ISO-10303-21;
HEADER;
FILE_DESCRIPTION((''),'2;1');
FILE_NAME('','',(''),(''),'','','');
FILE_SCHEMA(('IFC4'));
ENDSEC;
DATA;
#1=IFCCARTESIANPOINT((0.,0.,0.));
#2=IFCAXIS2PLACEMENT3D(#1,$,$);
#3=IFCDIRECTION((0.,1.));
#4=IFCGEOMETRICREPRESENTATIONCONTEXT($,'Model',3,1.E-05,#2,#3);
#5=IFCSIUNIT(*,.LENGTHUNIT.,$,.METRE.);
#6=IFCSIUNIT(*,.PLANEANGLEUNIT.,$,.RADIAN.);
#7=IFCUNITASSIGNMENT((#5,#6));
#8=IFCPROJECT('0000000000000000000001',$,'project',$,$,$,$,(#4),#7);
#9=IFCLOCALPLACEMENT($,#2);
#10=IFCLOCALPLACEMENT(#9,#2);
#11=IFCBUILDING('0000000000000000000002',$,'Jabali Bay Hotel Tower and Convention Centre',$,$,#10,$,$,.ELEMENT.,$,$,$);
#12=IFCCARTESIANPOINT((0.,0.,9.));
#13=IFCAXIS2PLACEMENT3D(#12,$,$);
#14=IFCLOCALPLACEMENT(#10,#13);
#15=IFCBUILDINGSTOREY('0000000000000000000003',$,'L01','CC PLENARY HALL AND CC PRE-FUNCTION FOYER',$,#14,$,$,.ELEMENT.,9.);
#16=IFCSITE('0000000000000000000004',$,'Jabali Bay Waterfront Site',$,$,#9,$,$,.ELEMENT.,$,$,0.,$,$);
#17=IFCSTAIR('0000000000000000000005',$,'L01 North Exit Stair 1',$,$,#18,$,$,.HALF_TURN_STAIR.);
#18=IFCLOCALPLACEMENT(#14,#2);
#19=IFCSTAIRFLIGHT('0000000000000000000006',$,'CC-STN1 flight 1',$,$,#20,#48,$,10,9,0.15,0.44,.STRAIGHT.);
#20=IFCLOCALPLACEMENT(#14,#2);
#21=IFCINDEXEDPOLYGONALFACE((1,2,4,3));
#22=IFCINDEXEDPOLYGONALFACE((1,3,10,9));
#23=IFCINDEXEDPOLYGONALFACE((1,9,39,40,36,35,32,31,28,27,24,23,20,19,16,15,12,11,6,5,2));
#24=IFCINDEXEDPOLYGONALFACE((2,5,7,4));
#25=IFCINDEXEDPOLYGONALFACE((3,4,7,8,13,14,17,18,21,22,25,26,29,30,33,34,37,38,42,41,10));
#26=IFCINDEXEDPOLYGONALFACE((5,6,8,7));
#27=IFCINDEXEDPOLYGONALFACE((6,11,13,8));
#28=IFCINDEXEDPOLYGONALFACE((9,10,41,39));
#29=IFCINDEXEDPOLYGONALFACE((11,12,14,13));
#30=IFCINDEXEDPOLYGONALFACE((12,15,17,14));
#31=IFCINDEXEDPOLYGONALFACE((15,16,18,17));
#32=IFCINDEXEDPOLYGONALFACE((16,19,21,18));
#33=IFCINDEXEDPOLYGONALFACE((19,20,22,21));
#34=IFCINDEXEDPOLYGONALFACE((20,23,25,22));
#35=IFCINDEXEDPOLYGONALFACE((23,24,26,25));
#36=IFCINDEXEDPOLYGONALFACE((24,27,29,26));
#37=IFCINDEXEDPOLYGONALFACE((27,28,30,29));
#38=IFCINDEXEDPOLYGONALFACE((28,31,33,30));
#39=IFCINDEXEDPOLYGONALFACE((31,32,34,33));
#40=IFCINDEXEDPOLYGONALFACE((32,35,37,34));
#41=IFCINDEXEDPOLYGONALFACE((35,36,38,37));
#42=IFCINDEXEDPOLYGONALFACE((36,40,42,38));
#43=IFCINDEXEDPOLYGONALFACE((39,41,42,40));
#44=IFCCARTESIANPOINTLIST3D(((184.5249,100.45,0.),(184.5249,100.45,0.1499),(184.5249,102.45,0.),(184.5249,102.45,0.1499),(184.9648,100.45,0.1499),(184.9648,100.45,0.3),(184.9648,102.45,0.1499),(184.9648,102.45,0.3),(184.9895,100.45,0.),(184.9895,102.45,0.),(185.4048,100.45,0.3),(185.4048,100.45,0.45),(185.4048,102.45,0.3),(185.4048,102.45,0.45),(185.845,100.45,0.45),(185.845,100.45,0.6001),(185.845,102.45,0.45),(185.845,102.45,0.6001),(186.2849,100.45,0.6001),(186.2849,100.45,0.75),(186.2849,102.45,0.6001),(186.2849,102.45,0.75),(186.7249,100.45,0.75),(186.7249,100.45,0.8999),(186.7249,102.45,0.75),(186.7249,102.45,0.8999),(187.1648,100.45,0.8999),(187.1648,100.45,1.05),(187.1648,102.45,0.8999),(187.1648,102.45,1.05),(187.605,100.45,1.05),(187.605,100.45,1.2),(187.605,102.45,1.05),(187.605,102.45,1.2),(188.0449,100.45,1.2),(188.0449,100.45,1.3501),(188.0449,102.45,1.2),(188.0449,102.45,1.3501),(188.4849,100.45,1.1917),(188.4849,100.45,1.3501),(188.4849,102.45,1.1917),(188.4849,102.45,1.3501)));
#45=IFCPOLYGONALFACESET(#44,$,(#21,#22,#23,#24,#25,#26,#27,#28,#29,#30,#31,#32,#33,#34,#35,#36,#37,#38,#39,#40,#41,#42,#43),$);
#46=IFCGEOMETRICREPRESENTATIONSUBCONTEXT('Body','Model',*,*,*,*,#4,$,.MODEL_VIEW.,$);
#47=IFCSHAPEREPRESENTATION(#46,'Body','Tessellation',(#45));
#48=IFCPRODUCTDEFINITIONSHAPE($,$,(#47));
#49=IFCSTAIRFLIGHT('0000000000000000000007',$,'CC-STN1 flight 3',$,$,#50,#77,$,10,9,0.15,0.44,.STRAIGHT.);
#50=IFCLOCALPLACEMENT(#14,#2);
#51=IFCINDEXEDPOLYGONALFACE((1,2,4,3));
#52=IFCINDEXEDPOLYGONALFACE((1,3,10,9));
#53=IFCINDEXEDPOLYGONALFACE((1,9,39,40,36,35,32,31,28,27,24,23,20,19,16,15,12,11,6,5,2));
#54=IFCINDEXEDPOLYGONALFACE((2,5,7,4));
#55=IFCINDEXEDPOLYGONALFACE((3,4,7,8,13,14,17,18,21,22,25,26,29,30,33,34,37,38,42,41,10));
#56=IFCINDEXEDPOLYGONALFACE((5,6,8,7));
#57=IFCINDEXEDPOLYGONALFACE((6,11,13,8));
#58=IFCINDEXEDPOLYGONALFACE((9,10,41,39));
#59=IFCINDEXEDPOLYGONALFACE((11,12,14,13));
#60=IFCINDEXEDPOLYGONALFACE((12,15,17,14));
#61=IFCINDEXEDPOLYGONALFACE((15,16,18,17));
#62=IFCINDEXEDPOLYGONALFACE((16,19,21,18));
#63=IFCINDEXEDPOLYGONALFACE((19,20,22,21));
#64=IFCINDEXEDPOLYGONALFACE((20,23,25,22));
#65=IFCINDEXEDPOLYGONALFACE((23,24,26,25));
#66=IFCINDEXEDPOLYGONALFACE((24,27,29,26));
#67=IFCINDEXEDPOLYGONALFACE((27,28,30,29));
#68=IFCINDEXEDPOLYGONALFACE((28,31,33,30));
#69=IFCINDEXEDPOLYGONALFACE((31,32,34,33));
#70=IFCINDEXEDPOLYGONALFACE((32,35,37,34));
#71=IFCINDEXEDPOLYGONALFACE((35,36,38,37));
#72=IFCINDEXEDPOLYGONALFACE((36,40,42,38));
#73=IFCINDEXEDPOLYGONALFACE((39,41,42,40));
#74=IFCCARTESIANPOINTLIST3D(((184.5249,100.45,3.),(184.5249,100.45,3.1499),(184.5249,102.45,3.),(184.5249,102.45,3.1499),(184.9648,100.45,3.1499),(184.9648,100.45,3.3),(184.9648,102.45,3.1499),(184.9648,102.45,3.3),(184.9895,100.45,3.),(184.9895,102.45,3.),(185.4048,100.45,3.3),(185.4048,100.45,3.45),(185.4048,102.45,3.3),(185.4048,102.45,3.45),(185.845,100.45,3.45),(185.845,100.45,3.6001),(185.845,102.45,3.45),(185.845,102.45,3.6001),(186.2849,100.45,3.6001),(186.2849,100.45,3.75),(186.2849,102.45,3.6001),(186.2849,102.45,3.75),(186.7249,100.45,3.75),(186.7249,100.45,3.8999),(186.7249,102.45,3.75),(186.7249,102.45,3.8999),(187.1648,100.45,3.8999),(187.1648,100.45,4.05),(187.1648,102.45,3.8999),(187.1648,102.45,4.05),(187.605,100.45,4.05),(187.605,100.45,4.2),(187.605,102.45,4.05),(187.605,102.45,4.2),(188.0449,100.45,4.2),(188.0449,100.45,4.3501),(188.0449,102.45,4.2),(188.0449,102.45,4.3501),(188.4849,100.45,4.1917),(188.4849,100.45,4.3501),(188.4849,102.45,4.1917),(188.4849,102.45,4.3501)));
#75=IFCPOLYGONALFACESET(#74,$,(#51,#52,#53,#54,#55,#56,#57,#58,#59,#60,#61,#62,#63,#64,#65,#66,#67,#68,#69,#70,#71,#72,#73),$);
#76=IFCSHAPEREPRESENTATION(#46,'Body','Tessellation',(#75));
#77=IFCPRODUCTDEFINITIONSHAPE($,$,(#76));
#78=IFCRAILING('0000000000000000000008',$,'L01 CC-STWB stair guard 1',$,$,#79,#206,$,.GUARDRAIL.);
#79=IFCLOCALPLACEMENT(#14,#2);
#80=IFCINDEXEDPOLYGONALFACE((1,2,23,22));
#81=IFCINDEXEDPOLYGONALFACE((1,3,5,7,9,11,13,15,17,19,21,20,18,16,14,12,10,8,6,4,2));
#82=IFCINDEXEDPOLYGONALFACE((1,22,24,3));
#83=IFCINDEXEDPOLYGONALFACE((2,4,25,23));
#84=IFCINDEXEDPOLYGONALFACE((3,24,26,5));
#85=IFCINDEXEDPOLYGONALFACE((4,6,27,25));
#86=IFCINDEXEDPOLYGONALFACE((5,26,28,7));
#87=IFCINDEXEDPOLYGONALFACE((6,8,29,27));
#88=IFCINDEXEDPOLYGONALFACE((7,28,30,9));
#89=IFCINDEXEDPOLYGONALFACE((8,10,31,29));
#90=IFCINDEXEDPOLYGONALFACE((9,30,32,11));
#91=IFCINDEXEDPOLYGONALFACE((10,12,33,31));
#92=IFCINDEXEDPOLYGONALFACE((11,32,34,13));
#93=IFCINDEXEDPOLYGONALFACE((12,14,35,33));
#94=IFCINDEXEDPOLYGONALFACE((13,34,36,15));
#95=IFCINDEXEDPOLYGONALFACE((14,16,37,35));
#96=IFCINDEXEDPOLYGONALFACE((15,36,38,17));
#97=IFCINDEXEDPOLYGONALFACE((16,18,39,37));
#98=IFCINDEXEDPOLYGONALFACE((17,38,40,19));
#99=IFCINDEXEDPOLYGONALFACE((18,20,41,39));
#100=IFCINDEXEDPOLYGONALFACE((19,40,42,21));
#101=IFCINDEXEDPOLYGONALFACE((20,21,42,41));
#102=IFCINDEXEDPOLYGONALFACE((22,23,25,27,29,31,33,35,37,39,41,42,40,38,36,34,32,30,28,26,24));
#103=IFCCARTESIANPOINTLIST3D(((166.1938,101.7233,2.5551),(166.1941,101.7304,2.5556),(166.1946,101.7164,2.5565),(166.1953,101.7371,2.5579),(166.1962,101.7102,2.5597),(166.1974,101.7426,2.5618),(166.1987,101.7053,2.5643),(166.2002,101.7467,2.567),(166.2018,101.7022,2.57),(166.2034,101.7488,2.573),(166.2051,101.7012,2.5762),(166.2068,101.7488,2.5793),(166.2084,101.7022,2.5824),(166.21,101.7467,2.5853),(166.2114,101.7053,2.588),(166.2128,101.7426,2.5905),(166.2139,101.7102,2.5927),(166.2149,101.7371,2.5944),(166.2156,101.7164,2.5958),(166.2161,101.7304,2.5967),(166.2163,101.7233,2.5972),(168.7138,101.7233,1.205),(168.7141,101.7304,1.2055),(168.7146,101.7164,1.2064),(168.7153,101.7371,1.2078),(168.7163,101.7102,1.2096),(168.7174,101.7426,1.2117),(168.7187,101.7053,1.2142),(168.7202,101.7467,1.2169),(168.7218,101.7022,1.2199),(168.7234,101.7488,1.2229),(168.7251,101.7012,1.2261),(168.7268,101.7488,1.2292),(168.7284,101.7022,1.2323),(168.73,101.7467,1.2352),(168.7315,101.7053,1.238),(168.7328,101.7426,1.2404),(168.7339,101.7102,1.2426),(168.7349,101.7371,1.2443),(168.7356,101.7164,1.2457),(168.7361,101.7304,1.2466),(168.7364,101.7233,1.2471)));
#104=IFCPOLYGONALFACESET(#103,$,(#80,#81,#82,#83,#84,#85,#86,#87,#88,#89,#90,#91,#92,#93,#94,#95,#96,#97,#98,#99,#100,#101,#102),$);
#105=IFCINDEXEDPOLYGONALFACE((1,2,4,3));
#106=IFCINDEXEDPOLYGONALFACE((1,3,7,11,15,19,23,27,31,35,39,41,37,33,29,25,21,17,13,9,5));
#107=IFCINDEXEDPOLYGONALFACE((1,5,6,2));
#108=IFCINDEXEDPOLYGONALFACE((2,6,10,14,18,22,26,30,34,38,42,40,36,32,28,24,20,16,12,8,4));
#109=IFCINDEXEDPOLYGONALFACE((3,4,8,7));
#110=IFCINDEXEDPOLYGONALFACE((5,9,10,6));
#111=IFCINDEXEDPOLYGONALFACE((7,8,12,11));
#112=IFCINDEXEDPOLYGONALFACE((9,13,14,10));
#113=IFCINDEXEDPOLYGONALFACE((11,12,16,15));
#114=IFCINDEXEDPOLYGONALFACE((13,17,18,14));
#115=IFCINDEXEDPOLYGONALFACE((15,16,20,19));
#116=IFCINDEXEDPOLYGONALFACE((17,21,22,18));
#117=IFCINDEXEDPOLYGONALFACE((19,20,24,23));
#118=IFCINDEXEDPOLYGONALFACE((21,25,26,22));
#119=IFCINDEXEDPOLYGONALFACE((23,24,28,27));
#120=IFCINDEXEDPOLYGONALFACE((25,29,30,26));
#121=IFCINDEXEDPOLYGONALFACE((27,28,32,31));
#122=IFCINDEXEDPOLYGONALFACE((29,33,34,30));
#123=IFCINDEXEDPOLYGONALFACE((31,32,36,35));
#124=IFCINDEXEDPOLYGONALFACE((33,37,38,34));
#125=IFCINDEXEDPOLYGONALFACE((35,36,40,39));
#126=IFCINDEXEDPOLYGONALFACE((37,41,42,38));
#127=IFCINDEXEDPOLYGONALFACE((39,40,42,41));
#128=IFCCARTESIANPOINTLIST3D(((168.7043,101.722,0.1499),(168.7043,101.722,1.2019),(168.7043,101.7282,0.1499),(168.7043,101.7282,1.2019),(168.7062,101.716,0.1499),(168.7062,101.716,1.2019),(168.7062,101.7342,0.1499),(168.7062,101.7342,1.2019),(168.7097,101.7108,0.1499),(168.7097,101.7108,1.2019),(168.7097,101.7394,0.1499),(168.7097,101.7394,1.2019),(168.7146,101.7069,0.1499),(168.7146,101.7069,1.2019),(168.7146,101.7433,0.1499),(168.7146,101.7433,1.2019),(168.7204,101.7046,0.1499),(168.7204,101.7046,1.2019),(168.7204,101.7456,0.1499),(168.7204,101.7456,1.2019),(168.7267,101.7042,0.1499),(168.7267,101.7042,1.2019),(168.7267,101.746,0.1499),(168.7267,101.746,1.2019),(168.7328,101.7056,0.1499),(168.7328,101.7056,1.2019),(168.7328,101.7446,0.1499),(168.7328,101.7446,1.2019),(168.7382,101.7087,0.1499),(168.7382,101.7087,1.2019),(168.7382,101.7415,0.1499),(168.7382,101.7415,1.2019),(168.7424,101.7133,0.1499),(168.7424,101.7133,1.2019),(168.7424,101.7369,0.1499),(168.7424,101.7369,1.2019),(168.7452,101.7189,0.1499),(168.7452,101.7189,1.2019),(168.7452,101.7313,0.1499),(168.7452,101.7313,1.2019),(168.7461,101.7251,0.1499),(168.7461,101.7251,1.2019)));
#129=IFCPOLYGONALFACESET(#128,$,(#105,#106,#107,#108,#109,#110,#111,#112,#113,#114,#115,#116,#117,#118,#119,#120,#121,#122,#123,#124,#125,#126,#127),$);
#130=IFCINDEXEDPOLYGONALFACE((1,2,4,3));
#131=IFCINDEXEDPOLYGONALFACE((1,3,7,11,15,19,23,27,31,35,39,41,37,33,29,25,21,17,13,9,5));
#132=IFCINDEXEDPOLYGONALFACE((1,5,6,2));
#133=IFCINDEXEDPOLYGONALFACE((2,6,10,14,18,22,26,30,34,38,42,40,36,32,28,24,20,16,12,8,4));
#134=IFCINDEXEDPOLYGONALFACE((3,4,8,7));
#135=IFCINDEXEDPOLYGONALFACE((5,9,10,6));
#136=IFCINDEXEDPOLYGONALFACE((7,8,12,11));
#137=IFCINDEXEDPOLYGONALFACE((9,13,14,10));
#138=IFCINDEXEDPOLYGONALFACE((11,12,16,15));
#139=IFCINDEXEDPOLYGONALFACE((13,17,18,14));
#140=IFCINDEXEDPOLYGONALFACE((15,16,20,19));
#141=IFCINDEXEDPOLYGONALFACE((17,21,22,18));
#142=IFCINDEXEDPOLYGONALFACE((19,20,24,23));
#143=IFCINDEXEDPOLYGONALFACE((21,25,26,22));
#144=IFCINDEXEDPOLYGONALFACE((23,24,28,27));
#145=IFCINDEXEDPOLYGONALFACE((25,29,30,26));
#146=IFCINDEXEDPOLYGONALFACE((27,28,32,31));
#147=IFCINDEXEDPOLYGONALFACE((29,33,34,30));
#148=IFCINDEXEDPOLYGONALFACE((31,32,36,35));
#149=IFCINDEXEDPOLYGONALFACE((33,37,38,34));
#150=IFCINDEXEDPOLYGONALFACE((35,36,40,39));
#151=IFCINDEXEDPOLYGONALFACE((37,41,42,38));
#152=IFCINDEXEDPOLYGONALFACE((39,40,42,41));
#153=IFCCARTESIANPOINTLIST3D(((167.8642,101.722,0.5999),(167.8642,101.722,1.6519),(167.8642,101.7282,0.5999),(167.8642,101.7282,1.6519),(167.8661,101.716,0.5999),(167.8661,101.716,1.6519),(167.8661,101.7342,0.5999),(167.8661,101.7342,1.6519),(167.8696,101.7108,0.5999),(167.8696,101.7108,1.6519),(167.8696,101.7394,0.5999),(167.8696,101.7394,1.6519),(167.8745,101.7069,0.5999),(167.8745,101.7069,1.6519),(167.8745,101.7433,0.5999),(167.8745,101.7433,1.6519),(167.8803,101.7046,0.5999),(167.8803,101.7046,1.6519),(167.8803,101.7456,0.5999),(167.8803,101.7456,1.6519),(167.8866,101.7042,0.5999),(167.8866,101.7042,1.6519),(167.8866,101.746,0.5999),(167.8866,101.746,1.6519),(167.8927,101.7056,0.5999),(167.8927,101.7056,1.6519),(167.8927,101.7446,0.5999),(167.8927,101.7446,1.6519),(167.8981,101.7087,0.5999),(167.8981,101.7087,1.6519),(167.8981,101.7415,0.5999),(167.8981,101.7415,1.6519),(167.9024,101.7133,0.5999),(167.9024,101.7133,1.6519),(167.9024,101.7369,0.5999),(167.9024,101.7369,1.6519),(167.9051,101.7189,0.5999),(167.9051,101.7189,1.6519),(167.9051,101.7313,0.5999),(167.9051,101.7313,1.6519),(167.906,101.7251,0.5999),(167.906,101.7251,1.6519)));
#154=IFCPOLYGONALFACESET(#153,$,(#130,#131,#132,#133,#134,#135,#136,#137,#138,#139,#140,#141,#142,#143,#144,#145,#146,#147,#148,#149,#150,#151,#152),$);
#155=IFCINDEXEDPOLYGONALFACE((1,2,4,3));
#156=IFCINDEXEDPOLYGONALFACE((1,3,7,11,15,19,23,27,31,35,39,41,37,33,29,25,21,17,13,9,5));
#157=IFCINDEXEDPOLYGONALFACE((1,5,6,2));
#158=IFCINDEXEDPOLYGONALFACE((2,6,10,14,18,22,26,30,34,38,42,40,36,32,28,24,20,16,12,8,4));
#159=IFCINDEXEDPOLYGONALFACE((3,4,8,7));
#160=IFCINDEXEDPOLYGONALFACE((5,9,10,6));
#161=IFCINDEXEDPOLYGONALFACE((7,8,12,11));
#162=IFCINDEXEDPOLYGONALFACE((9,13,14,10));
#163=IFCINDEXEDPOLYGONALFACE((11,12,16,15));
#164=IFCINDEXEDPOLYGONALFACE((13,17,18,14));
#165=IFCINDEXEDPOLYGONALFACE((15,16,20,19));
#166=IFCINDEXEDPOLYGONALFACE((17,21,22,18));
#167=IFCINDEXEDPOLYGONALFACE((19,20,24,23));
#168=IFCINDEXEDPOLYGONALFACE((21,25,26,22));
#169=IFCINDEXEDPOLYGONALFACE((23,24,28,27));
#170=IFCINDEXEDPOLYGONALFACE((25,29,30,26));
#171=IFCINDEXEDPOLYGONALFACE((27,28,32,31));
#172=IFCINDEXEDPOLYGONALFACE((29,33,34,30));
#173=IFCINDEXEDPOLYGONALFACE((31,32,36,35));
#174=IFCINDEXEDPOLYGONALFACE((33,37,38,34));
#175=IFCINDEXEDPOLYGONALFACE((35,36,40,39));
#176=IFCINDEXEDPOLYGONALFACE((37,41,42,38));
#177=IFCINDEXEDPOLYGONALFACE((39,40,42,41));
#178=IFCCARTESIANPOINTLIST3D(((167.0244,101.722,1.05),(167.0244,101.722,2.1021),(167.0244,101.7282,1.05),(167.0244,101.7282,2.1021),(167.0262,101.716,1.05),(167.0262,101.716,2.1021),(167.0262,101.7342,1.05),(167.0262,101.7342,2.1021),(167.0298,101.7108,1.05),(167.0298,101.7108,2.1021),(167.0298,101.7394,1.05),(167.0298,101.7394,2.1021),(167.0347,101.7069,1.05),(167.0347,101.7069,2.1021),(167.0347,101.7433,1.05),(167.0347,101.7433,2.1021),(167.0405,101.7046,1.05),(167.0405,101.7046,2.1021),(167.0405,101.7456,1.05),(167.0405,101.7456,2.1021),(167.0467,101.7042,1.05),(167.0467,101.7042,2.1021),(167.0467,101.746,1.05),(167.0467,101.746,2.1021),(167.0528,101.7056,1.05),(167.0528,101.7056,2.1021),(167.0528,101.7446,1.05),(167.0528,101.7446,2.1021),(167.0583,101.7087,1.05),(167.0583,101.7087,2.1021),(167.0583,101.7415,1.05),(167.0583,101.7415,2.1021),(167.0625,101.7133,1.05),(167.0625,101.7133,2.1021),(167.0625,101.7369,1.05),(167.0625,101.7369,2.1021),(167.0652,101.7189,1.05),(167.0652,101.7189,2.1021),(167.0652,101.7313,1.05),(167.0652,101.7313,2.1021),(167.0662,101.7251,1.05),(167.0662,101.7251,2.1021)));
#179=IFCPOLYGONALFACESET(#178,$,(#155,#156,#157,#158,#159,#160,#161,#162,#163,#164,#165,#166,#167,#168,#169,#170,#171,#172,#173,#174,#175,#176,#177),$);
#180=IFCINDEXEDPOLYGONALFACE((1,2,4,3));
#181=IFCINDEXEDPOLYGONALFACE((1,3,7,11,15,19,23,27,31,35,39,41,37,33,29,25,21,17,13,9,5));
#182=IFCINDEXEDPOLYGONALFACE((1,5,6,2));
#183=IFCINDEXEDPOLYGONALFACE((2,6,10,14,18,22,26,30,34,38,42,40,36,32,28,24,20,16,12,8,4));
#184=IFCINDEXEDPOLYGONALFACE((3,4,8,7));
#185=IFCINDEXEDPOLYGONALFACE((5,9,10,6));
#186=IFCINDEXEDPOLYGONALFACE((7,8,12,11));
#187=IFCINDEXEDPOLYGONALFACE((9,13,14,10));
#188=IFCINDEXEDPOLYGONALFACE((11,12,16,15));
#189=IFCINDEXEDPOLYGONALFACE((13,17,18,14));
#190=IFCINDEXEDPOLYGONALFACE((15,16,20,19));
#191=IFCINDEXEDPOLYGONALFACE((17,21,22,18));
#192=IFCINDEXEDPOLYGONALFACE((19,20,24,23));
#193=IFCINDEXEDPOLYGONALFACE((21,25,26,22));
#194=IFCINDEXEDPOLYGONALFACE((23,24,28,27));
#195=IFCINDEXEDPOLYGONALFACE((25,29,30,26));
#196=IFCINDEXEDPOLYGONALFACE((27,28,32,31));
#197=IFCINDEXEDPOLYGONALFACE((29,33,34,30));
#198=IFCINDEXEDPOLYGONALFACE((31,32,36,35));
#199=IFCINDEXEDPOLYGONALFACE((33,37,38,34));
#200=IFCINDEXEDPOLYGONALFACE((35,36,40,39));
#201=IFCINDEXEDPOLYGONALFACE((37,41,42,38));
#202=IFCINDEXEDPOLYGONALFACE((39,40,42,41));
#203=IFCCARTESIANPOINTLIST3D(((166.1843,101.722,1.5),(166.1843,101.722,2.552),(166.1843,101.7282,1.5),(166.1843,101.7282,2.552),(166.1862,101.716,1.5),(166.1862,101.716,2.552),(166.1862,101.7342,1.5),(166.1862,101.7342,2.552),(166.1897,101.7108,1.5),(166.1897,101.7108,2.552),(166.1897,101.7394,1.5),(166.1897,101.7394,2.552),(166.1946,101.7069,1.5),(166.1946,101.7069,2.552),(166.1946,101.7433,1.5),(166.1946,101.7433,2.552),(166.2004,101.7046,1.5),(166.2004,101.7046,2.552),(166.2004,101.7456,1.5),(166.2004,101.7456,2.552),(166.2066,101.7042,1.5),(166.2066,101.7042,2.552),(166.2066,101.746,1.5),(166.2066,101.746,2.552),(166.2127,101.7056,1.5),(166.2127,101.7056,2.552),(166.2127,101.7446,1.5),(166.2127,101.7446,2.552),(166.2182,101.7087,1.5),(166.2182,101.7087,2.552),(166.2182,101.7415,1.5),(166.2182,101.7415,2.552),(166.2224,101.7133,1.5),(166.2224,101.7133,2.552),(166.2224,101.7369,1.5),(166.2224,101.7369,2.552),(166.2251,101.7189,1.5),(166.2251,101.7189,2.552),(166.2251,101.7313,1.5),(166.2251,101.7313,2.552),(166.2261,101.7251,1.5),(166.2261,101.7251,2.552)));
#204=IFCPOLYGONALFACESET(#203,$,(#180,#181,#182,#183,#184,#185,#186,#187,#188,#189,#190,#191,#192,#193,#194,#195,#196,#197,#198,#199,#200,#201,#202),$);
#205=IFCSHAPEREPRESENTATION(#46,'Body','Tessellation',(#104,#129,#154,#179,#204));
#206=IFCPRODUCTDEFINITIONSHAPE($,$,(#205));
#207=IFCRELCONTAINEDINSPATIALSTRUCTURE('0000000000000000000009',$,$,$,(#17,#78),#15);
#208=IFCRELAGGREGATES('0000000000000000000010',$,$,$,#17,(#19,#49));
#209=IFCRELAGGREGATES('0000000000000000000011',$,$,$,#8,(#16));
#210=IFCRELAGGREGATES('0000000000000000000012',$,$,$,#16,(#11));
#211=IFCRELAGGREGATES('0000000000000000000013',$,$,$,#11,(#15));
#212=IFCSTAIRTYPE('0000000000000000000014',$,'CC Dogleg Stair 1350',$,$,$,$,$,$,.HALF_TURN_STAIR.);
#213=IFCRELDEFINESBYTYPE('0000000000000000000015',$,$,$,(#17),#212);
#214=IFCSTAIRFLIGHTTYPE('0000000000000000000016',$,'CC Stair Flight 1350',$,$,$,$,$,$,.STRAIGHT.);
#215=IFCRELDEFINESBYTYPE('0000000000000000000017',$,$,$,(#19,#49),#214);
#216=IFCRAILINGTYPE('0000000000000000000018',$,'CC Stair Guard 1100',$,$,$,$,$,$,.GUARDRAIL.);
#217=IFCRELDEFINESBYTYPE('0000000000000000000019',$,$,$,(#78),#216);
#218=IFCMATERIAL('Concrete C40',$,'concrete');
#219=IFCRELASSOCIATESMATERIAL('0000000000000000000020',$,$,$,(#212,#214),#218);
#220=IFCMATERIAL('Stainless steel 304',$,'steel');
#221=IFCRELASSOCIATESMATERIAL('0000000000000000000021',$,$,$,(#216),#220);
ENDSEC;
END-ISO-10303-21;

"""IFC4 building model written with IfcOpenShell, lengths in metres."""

from ifc_helpers import new_model, si_unit, direction, frame, origin, origin_2d, place, context, subcontext, project, spatial, polyline, circle, outline, extrude, material, type_object, element, aggregate, save


model = new_model("IFC4")

# Units and contexts
model_context = context("Model", 3, precision=1e-05, world=origin(), true_north=direction((0.0, 1.0)))
body_context = subcontext(model_context, "Body", "Model", "MODEL_VIEW")
ifc_project = project(units=[si_unit("LENGTHUNIT", "METRE"), si_unit("PLANEANGLEUNIT", "RADIAN")], contexts=[model_context])

# Site, building, storey
site_placement = place(None, origin())
site = spatial("IfcSite", under=ifc_project, at=site_placement, Name="Jabali Bay Waterfront Site", CompositionType="ELEMENT", RefElevation=0.0)
building_placement = place(site_placement, origin())
building = spatial("IfcBuilding", under=site, at=building_placement, Name="Jabali Bay Hotel Tower and Convention Centre", CompositionType="ELEMENT")
storey_placement = place(building_placement, frame((0.0, 0.0, 9.0)))
storey = spatial("IfcBuildingStorey", under=building, at=storey_placement, Name="L01", Description="CC PLENARY HALL AND CC PRE-FUNCTION FOYER", CompositionType="ELEMENT", Elevation=9.0)

# Shared definitions
ifc_material_1 = material(Name="Concrete C40", Category="concrete")

# Stair, stair flights
stair_type = type_object("IfcStairType", Name="CC Dogleg Stair 1350", PredefinedType="HALF_TURN_STAIR", material=ifc_material_1)
stair_flight_type = type_object("IfcStairFlightType", Name="CC Stair Flight 1350", PredefinedType="STRAIGHT", material=ifc_material_1)
stair_1_placement = place(storey_placement, origin())
stair_1 = element("IfcStair", 1, at=stair_1_placement, inside=storey, type_object=stair_type, Name="L01 North Exit Stair 1", PredefinedType="HALF_TURN_STAIR")
stair_flight_1_placement = place(storey_placement, frame((184.5249, 101.45, 0.0), z_axis=(0.0, 0.0, 1.0), x_axis=(1.0, 0.0, 0.0)))
stair_flight_1 = element("IfcStairFlight", 2, at=stair_flight_1_placement, type_object=stair_flight_type, Name="CC-STN1 flight 1", NumberOfRisers=10, NumberOfTreads=9, PredefinedType="STRAIGHT", RiserHeight=0.15, TreadLength=0.44, context=body_context, shape_type="SweptSolid", body=[
    extrude(outline(polyline([(0.0, 0.0), (0.0, 0.1499), (0.4399, 0.1499), (0.4399, 0.3), (0.8799, 0.3), (0.8799, 0.45), (1.3201, 0.45), (1.3201, 0.6001), (1.76, 0.6001), (1.76, 0.75), (2.2, 0.75), (2.2, 0.8999), (2.6399, 0.8999), (2.6399, 1.05), (3.0801, 1.05), (3.0801, 1.2), (3.52, 1.2), (3.52, 1.3501), (3.96, 1.3501), (3.96, 1.5), (3.96, 1.1917), (0.4646, 0.0), (0.0, 0.0)])), frame((0.0, 1.0, 0.0), z_axis=(0.0, -1.0, 0.0), x_axis=(1.0, 0.0, 0.0)), (0.0, 0.0, 1.0), 2.0),
])
stair_flight_2_placement = place(storey_placement, frame((184.5249, 101.45, 3.0), z_axis=(0.0, 0.0, 1.0), x_axis=(1.0, 0.0, 0.0)))
stair_flight_2 = element("IfcStairFlight", 3, at=stair_flight_2_placement, type_object=stair_flight_type, Name="CC-STN1 flight 3", NumberOfRisers=10, NumberOfTreads=9, PredefinedType="STRAIGHT", RiserHeight=0.15, TreadLength=0.44, context=body_context, shape_type="SweptSolid", body=[
    extrude(outline(polyline([(0.0, 0.0), (0.0, 0.1499), (0.4399, 0.1499), (0.4399, 0.3), (0.8799, 0.3), (0.8799, 0.45), (1.3201, 0.45), (1.3201, 0.6001), (1.76, 0.6001), (1.76, 0.75), (2.2, 0.75), (2.2, 0.8999), (2.6399, 0.8999), (2.6399, 1.05), (3.0801, 1.05), (3.0801, 1.2), (3.52, 1.2), (3.52, 1.3501), (3.96, 1.3501), (3.96, 1.5), (3.96, 1.1917), (0.4646, 0.0), (0.0, 0.0)])), frame((0.0, 1.0, 0.0), z_axis=(0.0, -1.0, 0.0), x_axis=(1.0, 0.0, 0.0)), (0.0, 0.0, 1.0), 2.0),
])
aggregate(stair_1, [stair_flight_1, stair_flight_2])

# Railing
ifc_material_2 = material(Name="Stainless steel 304", Category="steel")
railing_type_1 = type_object("IfcRailingType", Name="CC Stair Guard 1100", PredefinedType="GUARDRAIL", material=ifc_material_2)
railing_1_placement = place(storey_placement, frame((168.7251, 101.7251, 0.1499)))
element("IfcRailing", 4, at=railing_1_placement, inside=storey, type_object=railing_type_1, Name="L01 CC-STWB stair guard 1", PredefinedType="GUARDRAIL", context=body_context, shape_type="SweptSolid", body=[
    extrude(circle(Radius=0.0239, at=origin_2d()), frame((0.0, 0.0, 1.0762), z_axis=(-0.881467, 0.0, 0.472245), x_axis=(0.0, -1.0, 0.0)), (0.0, 0.0, 1.0), 2.8589),
    extrude(circle(Radius=0.021, at=origin_2d()), origin(), (0.0, 0.0, 1.0), 1.052),
    extrude(circle(Radius=0.021, at=origin_2d()), frame((-0.8401, 0.0, 0.45)), (0.0, 0.0, 1.0), 1.052),
    extrude(circle(Radius=0.021, at=origin_2d()), frame((-1.6799, 0.0, 0.9001)), (0.0, 0.0, 1.0), 1.052),
    extrude(circle(Radius=0.021, at=origin_2d()), frame((-2.52, 0.0, 1.3501)), (0.0, 0.0, 1.0), 1.052),
])

save(model, "model.ifc")
